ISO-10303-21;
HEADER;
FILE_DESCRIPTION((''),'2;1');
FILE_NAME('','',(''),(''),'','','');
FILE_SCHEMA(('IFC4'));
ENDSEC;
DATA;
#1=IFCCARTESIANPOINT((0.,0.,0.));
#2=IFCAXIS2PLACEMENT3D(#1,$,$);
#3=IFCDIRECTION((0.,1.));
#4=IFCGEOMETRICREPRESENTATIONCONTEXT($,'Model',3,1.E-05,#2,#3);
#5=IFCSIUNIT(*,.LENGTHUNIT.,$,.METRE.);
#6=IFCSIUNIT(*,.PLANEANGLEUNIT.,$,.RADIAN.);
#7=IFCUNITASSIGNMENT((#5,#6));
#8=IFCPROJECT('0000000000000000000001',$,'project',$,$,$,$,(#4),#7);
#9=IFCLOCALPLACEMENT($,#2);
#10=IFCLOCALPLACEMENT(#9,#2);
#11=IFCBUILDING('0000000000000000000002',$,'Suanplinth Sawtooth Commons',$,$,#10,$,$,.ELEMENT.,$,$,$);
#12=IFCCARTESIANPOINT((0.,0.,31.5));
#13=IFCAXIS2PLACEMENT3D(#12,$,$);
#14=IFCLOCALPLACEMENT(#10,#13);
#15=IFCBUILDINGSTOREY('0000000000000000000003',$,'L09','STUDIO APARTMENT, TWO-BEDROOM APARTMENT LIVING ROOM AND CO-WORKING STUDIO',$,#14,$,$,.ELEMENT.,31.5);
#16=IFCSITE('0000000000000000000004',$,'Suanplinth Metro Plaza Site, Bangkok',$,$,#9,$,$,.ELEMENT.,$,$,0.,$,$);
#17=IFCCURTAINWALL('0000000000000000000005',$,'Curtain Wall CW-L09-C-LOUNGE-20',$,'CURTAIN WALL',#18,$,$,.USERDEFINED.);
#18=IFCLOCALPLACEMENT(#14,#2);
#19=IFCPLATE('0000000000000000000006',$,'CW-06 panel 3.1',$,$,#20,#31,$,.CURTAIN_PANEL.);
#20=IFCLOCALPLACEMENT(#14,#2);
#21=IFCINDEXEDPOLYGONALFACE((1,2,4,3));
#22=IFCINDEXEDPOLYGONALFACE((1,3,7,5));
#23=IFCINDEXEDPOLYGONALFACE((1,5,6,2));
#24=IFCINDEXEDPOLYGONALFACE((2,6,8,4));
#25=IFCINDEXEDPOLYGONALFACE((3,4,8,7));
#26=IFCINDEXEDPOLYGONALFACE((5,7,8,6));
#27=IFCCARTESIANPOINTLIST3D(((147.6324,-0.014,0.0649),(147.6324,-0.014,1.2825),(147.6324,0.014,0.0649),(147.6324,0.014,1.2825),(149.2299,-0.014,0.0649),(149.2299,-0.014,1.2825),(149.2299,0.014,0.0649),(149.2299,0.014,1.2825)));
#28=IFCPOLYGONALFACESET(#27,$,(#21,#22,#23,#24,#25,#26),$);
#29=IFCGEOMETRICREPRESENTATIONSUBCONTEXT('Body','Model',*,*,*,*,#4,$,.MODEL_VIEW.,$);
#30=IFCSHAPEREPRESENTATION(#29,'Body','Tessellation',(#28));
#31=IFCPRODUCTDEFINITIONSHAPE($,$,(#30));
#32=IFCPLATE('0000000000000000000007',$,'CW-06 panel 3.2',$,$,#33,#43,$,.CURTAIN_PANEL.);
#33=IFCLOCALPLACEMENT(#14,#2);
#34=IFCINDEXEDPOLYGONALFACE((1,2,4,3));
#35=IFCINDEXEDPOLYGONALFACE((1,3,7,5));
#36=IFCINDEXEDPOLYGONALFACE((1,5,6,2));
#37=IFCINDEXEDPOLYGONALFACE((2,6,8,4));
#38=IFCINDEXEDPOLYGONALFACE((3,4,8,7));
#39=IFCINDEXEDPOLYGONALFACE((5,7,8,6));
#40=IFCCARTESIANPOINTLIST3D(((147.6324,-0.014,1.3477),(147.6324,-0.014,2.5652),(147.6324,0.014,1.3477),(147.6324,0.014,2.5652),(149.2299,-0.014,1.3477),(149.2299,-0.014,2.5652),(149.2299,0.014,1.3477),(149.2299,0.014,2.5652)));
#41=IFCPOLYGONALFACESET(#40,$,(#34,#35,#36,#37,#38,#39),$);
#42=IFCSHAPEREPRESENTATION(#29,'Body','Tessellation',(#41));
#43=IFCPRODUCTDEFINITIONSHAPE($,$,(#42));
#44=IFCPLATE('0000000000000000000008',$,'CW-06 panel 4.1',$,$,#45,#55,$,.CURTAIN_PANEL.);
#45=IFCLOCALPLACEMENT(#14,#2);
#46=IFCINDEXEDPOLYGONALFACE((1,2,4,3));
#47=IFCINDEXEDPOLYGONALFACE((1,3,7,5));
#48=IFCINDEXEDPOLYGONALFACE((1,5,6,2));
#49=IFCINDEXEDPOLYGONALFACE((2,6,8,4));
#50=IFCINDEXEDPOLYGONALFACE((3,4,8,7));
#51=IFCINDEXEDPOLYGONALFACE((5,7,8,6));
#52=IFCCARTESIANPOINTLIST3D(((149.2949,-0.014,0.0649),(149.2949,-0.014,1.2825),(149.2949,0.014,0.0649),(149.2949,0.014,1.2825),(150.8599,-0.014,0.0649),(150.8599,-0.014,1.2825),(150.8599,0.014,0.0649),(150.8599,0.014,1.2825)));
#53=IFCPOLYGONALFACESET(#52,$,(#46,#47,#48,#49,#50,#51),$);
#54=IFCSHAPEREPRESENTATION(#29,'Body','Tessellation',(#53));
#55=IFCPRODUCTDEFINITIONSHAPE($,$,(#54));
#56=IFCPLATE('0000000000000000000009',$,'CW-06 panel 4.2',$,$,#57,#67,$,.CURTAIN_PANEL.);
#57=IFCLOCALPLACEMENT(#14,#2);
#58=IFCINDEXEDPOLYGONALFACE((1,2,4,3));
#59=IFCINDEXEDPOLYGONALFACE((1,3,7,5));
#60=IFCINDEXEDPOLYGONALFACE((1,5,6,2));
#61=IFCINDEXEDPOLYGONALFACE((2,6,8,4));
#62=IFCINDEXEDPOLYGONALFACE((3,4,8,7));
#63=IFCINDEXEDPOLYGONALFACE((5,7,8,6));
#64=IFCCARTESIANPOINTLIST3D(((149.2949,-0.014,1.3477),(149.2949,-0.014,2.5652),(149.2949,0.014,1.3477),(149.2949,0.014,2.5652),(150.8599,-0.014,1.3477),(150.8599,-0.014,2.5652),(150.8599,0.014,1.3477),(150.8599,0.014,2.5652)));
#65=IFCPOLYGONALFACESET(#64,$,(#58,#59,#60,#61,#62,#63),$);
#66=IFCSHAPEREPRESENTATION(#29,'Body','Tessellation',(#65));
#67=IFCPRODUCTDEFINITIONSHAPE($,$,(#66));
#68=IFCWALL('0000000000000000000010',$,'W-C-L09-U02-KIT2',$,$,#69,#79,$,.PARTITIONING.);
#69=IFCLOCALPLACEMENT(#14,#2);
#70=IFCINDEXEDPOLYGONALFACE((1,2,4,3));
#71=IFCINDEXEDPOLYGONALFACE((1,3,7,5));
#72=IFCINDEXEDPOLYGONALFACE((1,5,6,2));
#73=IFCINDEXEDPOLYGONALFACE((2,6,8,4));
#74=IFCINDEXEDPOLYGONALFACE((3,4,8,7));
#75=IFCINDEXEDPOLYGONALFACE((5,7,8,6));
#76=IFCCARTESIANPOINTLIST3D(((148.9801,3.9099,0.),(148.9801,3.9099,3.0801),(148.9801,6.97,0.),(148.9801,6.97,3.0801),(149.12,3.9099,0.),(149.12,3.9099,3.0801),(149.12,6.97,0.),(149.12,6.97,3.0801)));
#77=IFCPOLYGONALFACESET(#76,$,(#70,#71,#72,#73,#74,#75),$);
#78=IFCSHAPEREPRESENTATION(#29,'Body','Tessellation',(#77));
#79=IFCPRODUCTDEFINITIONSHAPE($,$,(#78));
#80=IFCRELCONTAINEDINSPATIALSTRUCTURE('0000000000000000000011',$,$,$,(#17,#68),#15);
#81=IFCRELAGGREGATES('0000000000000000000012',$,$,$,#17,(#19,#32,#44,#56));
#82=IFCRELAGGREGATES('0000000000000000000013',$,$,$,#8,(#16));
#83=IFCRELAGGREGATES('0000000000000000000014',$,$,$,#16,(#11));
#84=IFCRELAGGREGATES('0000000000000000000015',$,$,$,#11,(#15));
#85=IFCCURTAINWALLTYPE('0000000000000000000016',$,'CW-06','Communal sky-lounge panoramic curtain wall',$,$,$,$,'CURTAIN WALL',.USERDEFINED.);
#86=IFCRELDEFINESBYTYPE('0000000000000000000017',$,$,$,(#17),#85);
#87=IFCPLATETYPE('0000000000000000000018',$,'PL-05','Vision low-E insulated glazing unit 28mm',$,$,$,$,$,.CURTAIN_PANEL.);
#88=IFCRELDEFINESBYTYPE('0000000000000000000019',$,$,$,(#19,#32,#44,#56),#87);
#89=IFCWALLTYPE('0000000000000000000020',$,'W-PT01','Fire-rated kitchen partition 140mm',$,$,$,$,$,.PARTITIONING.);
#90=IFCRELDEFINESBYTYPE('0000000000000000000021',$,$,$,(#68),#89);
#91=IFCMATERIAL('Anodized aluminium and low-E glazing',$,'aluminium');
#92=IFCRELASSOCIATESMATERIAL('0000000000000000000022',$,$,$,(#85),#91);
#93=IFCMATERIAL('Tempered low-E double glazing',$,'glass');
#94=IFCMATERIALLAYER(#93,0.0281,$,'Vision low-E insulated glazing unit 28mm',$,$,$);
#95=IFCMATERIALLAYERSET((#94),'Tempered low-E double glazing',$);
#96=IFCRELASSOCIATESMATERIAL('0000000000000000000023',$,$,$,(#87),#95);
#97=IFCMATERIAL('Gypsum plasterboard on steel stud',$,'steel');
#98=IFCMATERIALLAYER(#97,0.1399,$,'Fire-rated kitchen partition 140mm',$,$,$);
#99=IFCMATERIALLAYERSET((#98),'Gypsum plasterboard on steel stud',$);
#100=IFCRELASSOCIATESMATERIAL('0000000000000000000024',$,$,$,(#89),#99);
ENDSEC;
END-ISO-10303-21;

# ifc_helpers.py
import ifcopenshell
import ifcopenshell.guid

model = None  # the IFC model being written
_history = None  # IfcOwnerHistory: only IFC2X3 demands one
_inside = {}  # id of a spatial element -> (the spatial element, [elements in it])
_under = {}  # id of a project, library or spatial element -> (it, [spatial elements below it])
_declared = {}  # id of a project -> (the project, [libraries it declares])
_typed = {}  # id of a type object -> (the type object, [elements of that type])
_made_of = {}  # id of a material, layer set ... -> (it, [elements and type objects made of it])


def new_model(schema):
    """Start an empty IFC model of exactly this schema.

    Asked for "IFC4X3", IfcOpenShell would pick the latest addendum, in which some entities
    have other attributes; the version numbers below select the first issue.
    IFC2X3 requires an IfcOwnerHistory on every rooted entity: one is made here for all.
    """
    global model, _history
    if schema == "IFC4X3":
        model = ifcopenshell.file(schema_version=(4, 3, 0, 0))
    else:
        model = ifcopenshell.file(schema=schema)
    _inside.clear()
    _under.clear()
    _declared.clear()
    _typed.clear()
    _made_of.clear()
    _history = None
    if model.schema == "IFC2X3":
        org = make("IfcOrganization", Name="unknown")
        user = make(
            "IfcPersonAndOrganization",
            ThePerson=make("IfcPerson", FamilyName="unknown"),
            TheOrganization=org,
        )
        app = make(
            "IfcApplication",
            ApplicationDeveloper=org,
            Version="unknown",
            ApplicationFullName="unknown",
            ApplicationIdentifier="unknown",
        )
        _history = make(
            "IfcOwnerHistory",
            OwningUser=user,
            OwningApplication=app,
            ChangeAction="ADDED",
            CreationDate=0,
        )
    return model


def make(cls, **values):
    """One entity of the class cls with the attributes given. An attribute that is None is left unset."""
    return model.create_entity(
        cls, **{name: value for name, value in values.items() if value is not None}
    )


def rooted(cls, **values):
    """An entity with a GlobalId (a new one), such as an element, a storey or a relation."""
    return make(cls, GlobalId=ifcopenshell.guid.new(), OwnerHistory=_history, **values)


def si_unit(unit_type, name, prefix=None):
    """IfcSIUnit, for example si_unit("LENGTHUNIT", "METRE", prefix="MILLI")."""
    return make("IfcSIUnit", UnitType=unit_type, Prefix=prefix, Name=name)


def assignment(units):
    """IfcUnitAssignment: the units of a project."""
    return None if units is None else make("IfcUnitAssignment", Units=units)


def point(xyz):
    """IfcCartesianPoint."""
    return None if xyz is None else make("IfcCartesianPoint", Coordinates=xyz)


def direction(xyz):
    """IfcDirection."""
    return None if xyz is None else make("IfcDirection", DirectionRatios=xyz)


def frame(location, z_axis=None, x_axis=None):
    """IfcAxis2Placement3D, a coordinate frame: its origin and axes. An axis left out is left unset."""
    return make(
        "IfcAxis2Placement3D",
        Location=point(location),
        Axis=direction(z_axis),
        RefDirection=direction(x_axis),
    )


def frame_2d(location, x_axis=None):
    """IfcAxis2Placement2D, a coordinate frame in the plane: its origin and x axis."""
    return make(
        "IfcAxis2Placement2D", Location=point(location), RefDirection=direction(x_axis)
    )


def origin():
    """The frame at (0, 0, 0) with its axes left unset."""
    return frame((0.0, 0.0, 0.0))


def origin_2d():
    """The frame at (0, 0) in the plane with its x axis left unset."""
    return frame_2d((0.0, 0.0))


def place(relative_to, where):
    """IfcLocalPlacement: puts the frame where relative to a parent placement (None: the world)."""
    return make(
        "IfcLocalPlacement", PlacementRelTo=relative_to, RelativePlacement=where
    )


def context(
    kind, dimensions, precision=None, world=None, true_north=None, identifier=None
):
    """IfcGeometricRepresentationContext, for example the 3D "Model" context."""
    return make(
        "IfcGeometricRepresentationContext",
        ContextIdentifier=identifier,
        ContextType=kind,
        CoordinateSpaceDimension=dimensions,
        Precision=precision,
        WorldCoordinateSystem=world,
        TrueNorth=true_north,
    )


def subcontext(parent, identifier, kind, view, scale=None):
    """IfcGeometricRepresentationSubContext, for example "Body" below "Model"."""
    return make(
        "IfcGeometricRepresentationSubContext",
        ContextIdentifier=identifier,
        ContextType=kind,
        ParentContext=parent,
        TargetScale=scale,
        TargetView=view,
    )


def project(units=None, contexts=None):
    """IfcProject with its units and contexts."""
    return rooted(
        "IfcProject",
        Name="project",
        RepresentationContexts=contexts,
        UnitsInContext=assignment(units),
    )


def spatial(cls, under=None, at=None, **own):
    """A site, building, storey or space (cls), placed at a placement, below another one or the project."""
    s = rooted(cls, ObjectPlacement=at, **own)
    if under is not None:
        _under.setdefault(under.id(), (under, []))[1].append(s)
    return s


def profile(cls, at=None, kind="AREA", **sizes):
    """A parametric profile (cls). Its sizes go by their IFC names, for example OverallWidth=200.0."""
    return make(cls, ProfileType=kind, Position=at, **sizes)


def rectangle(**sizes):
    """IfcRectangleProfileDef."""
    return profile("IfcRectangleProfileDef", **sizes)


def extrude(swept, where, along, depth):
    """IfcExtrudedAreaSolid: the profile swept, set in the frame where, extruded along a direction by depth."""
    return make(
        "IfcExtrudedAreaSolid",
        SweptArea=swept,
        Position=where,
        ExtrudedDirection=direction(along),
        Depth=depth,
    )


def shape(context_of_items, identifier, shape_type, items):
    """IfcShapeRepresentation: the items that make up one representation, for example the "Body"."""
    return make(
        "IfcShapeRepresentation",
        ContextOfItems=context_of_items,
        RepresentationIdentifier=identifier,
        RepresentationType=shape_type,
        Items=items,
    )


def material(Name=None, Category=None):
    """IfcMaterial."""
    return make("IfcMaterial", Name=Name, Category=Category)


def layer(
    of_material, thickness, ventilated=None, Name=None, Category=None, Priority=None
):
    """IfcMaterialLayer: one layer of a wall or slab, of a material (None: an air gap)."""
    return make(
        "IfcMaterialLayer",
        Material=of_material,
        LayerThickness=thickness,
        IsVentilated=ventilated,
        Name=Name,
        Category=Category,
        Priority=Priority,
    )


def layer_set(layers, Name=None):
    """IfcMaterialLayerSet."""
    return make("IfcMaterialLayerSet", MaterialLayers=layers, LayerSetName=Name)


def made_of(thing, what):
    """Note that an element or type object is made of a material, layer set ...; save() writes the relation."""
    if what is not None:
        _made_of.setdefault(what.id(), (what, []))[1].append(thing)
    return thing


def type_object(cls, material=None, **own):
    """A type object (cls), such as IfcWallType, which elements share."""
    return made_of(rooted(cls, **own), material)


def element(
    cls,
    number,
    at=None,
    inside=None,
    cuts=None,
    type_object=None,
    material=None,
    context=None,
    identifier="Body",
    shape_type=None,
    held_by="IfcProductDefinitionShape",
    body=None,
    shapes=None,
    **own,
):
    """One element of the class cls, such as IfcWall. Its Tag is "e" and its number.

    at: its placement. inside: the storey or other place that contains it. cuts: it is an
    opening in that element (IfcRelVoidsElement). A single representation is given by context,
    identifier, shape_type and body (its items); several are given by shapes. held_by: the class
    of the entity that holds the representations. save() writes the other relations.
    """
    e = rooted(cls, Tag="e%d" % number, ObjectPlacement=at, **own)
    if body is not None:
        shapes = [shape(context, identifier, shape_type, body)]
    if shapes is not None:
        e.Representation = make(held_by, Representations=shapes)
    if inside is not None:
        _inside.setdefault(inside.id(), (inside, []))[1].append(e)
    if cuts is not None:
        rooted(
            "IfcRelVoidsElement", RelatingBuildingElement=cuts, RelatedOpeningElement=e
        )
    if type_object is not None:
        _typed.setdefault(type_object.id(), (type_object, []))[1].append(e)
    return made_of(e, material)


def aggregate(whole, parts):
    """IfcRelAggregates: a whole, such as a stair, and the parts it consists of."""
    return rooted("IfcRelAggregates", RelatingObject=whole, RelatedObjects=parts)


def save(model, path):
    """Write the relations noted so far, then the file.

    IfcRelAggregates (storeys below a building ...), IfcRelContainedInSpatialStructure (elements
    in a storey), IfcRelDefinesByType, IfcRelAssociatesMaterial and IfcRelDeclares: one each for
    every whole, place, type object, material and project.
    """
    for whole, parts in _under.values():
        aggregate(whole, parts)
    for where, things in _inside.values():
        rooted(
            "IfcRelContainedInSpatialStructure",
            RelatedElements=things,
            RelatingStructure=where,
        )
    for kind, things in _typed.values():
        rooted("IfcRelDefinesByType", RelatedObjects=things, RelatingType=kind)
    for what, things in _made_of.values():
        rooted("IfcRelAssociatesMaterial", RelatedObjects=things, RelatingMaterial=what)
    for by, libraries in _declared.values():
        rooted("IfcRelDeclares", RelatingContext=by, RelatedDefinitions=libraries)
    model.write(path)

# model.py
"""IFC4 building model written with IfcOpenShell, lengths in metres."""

from ifc_helpers import new_model, si_unit, direction, frame, frame_2d, origin, origin_2d, place, context, subcontext, project, spatial, rectangle, extrude, material, layer, layer_set, type_object, element, aggregate, save


model = new_model("IFC4")

# Units and contexts
model_context = context("Model", 3, precision=1e-05, world=origin(), true_north=direction((0.0, 1.0)))
body_context = subcontext(model_context, "Body", "Model", "MODEL_VIEW")
ifc_project = project(units=[si_unit("LENGTHUNIT", "METRE"), si_unit("PLANEANGLEUNIT", "RADIAN")], contexts=[model_context])

# Site, building, storey
site_placement = place(None, origin())
site = spatial("IfcSite", under=ifc_project, at=site_placement, Name="Suanplinth Metro Plaza Site, Bangkok", CompositionType="ELEMENT", RefElevation=0.0)
building_placement = place(site_placement, origin())
building = spatial("IfcBuilding", under=site, at=building_placement, Name="Suanplinth Sawtooth Commons", CompositionType="ELEMENT")
storey_placement = place(building_placement, frame((0.0, 0.0, 31.5)))
storey = spatial("IfcBuildingStorey", under=building, at=storey_placement, Name="L09", Description="STUDIO APARTMENT, TWO-BEDROOM APARTMENT LIVING ROOM AND CO-WORKING STUDIO", CompositionType="ELEMENT", Elevation=31.5)

# Curtain wall, plates
ifc_material_1 = material(Name="Anodized aluminium and low-E glazing", Category="aluminium")
curtain_wall_type = type_object("IfcCurtainWallType", Name="CW-06", Description="Communal sky-lounge panoramic curtain wall", ElementType="CURTAIN WALL", PredefinedType="USERDEFINED", material=ifc_material_1)
curtain_wall_placement = place(storey_placement, origin())
curtain_wall = element("IfcCurtainWall", 1, at=curtain_wall_placement, inside=storey, type_object=curtain_wall_type, Name="Curtain Wall CW-L09-C-LOUNGE-20", ObjectType="CURTAIN WALL", PredefinedType="USERDEFINED")
ifc_material_2 = material(Name="Tempered low-E double glazing", Category="glass")
ifc_layer_1 = layer(ifc_material_2, 0.0281, Name="Vision low-E insulated glazing unit 28mm")
ifc_layer_set_1 = layer_set([ifc_layer_1], Name="Tempered low-E double glazing")
plate_type = type_object("IfcPlateType", Name="PL-05", Description="Vision low-E insulated glazing unit 28mm", PredefinedType="CURTAIN_PANEL", material=ifc_layer_set_1)
plate_1_placement = place(storey_placement, frame((148.4312, 0.0, 0.0649), z_axis=(0.0, 0.0, 1.0), x_axis=(1.0, 0.0, 0.0)))
plate_1 = element("IfcPlate", 2, at=plate_1_placement, type_object=plate_type, Name="CW-06 panel 3.1", PredefinedType="CURTAIN_PANEL", context=body_context, shape_type="SweptSolid", body=[
    extrude(rectangle(XDim=1.5974, YDim=0.0281, at=origin_2d()), origin(), (0.0, 0.0, 1.0), 1.2175),
])
plate_2_placement = place(storey_placement, frame((148.4312, 0.0, 1.3477), z_axis=(0.0, 0.0, 1.0), x_axis=(1.0, 0.0, 0.0)))
plate_2 = element("IfcPlate", 3, at=plate_2_placement, type_object=plate_type, Name="CW-06 panel 3.2", PredefinedType="CURTAIN_PANEL", context=body_context, shape_type="SweptSolid", body=[
    extrude(rectangle(XDim=1.5974, YDim=0.0281, at=origin_2d()), origin(), (0.0, 0.0, 1.0), 1.2175),
])
plate_3_placement = place(storey_placement, frame((150.0774, 0.0, 0.0649), z_axis=(0.0, 0.0, 1.0), x_axis=(1.0, 0.0, 0.0)))
plate_3 = element("IfcPlate", 4, at=plate_3_placement, type_object=plate_type, Name="CW-06 panel 4.1", PredefinedType="CURTAIN_PANEL", context=body_context, shape_type="SweptSolid", body=[
    extrude(rectangle(XDim=1.5649, YDim=0.0281, at=origin_2d()), origin(), (0.0, 0.0, 1.0), 1.2175),
])
plate_4_placement = place(storey_placement, frame((150.0774, 0.0, 1.3477), z_axis=(0.0, 0.0, 1.0), x_axis=(1.0, 0.0, 0.0)))
plate_4 = element("IfcPlate", 5, at=plate_4_placement, type_object=plate_type, Name="CW-06 panel 4.2", PredefinedType="CURTAIN_PANEL", context=body_context, shape_type="SweptSolid", body=[
    extrude(rectangle(XDim=1.5649, YDim=0.0281, at=origin_2d()), origin(), (0.0, 0.0, 1.0), 1.2175),
])
aggregate(curtain_wall, [plate_1, plate_2, plate_3, plate_4])

# Wall
ifc_material_3 = material(Name="Gypsum plasterboard on steel stud", Category="steel")
ifc_layer_2 = layer(ifc_material_3, 0.1399, Name="Fire-rated kitchen partition 140mm")
ifc_layer_set_2 = layer_set([ifc_layer_2], Name="Gypsum plasterboard on steel stud")
wall_type_1 = type_object("IfcWallType", Name="W-PT01", Description="Fire-rated kitchen partition 140mm", PredefinedType="PARTITIONING", material=ifc_layer_set_2)
wall_1_placement = place(storey_placement, frame((149.05, 3.9099, 0.0), z_axis=(0.0, 0.0, 1.0), x_axis=(0.0, 1.0, 0.0)))
element("IfcWall", 6, at=wall_1_placement, inside=storey, type_object=wall_type_1, Name="W-C-L09-U02-KIT2", PredefinedType="PARTITIONING", context=body_context, shape_type="SweptSolid", body=[
    extrude(rectangle(XDim=3.0601, YDim=0.1399, at=frame_2d((1.53, 0.0))), origin(), (0.0, 0.0, 1.0), 3.0801),
])

save(model, "model.ifc")
